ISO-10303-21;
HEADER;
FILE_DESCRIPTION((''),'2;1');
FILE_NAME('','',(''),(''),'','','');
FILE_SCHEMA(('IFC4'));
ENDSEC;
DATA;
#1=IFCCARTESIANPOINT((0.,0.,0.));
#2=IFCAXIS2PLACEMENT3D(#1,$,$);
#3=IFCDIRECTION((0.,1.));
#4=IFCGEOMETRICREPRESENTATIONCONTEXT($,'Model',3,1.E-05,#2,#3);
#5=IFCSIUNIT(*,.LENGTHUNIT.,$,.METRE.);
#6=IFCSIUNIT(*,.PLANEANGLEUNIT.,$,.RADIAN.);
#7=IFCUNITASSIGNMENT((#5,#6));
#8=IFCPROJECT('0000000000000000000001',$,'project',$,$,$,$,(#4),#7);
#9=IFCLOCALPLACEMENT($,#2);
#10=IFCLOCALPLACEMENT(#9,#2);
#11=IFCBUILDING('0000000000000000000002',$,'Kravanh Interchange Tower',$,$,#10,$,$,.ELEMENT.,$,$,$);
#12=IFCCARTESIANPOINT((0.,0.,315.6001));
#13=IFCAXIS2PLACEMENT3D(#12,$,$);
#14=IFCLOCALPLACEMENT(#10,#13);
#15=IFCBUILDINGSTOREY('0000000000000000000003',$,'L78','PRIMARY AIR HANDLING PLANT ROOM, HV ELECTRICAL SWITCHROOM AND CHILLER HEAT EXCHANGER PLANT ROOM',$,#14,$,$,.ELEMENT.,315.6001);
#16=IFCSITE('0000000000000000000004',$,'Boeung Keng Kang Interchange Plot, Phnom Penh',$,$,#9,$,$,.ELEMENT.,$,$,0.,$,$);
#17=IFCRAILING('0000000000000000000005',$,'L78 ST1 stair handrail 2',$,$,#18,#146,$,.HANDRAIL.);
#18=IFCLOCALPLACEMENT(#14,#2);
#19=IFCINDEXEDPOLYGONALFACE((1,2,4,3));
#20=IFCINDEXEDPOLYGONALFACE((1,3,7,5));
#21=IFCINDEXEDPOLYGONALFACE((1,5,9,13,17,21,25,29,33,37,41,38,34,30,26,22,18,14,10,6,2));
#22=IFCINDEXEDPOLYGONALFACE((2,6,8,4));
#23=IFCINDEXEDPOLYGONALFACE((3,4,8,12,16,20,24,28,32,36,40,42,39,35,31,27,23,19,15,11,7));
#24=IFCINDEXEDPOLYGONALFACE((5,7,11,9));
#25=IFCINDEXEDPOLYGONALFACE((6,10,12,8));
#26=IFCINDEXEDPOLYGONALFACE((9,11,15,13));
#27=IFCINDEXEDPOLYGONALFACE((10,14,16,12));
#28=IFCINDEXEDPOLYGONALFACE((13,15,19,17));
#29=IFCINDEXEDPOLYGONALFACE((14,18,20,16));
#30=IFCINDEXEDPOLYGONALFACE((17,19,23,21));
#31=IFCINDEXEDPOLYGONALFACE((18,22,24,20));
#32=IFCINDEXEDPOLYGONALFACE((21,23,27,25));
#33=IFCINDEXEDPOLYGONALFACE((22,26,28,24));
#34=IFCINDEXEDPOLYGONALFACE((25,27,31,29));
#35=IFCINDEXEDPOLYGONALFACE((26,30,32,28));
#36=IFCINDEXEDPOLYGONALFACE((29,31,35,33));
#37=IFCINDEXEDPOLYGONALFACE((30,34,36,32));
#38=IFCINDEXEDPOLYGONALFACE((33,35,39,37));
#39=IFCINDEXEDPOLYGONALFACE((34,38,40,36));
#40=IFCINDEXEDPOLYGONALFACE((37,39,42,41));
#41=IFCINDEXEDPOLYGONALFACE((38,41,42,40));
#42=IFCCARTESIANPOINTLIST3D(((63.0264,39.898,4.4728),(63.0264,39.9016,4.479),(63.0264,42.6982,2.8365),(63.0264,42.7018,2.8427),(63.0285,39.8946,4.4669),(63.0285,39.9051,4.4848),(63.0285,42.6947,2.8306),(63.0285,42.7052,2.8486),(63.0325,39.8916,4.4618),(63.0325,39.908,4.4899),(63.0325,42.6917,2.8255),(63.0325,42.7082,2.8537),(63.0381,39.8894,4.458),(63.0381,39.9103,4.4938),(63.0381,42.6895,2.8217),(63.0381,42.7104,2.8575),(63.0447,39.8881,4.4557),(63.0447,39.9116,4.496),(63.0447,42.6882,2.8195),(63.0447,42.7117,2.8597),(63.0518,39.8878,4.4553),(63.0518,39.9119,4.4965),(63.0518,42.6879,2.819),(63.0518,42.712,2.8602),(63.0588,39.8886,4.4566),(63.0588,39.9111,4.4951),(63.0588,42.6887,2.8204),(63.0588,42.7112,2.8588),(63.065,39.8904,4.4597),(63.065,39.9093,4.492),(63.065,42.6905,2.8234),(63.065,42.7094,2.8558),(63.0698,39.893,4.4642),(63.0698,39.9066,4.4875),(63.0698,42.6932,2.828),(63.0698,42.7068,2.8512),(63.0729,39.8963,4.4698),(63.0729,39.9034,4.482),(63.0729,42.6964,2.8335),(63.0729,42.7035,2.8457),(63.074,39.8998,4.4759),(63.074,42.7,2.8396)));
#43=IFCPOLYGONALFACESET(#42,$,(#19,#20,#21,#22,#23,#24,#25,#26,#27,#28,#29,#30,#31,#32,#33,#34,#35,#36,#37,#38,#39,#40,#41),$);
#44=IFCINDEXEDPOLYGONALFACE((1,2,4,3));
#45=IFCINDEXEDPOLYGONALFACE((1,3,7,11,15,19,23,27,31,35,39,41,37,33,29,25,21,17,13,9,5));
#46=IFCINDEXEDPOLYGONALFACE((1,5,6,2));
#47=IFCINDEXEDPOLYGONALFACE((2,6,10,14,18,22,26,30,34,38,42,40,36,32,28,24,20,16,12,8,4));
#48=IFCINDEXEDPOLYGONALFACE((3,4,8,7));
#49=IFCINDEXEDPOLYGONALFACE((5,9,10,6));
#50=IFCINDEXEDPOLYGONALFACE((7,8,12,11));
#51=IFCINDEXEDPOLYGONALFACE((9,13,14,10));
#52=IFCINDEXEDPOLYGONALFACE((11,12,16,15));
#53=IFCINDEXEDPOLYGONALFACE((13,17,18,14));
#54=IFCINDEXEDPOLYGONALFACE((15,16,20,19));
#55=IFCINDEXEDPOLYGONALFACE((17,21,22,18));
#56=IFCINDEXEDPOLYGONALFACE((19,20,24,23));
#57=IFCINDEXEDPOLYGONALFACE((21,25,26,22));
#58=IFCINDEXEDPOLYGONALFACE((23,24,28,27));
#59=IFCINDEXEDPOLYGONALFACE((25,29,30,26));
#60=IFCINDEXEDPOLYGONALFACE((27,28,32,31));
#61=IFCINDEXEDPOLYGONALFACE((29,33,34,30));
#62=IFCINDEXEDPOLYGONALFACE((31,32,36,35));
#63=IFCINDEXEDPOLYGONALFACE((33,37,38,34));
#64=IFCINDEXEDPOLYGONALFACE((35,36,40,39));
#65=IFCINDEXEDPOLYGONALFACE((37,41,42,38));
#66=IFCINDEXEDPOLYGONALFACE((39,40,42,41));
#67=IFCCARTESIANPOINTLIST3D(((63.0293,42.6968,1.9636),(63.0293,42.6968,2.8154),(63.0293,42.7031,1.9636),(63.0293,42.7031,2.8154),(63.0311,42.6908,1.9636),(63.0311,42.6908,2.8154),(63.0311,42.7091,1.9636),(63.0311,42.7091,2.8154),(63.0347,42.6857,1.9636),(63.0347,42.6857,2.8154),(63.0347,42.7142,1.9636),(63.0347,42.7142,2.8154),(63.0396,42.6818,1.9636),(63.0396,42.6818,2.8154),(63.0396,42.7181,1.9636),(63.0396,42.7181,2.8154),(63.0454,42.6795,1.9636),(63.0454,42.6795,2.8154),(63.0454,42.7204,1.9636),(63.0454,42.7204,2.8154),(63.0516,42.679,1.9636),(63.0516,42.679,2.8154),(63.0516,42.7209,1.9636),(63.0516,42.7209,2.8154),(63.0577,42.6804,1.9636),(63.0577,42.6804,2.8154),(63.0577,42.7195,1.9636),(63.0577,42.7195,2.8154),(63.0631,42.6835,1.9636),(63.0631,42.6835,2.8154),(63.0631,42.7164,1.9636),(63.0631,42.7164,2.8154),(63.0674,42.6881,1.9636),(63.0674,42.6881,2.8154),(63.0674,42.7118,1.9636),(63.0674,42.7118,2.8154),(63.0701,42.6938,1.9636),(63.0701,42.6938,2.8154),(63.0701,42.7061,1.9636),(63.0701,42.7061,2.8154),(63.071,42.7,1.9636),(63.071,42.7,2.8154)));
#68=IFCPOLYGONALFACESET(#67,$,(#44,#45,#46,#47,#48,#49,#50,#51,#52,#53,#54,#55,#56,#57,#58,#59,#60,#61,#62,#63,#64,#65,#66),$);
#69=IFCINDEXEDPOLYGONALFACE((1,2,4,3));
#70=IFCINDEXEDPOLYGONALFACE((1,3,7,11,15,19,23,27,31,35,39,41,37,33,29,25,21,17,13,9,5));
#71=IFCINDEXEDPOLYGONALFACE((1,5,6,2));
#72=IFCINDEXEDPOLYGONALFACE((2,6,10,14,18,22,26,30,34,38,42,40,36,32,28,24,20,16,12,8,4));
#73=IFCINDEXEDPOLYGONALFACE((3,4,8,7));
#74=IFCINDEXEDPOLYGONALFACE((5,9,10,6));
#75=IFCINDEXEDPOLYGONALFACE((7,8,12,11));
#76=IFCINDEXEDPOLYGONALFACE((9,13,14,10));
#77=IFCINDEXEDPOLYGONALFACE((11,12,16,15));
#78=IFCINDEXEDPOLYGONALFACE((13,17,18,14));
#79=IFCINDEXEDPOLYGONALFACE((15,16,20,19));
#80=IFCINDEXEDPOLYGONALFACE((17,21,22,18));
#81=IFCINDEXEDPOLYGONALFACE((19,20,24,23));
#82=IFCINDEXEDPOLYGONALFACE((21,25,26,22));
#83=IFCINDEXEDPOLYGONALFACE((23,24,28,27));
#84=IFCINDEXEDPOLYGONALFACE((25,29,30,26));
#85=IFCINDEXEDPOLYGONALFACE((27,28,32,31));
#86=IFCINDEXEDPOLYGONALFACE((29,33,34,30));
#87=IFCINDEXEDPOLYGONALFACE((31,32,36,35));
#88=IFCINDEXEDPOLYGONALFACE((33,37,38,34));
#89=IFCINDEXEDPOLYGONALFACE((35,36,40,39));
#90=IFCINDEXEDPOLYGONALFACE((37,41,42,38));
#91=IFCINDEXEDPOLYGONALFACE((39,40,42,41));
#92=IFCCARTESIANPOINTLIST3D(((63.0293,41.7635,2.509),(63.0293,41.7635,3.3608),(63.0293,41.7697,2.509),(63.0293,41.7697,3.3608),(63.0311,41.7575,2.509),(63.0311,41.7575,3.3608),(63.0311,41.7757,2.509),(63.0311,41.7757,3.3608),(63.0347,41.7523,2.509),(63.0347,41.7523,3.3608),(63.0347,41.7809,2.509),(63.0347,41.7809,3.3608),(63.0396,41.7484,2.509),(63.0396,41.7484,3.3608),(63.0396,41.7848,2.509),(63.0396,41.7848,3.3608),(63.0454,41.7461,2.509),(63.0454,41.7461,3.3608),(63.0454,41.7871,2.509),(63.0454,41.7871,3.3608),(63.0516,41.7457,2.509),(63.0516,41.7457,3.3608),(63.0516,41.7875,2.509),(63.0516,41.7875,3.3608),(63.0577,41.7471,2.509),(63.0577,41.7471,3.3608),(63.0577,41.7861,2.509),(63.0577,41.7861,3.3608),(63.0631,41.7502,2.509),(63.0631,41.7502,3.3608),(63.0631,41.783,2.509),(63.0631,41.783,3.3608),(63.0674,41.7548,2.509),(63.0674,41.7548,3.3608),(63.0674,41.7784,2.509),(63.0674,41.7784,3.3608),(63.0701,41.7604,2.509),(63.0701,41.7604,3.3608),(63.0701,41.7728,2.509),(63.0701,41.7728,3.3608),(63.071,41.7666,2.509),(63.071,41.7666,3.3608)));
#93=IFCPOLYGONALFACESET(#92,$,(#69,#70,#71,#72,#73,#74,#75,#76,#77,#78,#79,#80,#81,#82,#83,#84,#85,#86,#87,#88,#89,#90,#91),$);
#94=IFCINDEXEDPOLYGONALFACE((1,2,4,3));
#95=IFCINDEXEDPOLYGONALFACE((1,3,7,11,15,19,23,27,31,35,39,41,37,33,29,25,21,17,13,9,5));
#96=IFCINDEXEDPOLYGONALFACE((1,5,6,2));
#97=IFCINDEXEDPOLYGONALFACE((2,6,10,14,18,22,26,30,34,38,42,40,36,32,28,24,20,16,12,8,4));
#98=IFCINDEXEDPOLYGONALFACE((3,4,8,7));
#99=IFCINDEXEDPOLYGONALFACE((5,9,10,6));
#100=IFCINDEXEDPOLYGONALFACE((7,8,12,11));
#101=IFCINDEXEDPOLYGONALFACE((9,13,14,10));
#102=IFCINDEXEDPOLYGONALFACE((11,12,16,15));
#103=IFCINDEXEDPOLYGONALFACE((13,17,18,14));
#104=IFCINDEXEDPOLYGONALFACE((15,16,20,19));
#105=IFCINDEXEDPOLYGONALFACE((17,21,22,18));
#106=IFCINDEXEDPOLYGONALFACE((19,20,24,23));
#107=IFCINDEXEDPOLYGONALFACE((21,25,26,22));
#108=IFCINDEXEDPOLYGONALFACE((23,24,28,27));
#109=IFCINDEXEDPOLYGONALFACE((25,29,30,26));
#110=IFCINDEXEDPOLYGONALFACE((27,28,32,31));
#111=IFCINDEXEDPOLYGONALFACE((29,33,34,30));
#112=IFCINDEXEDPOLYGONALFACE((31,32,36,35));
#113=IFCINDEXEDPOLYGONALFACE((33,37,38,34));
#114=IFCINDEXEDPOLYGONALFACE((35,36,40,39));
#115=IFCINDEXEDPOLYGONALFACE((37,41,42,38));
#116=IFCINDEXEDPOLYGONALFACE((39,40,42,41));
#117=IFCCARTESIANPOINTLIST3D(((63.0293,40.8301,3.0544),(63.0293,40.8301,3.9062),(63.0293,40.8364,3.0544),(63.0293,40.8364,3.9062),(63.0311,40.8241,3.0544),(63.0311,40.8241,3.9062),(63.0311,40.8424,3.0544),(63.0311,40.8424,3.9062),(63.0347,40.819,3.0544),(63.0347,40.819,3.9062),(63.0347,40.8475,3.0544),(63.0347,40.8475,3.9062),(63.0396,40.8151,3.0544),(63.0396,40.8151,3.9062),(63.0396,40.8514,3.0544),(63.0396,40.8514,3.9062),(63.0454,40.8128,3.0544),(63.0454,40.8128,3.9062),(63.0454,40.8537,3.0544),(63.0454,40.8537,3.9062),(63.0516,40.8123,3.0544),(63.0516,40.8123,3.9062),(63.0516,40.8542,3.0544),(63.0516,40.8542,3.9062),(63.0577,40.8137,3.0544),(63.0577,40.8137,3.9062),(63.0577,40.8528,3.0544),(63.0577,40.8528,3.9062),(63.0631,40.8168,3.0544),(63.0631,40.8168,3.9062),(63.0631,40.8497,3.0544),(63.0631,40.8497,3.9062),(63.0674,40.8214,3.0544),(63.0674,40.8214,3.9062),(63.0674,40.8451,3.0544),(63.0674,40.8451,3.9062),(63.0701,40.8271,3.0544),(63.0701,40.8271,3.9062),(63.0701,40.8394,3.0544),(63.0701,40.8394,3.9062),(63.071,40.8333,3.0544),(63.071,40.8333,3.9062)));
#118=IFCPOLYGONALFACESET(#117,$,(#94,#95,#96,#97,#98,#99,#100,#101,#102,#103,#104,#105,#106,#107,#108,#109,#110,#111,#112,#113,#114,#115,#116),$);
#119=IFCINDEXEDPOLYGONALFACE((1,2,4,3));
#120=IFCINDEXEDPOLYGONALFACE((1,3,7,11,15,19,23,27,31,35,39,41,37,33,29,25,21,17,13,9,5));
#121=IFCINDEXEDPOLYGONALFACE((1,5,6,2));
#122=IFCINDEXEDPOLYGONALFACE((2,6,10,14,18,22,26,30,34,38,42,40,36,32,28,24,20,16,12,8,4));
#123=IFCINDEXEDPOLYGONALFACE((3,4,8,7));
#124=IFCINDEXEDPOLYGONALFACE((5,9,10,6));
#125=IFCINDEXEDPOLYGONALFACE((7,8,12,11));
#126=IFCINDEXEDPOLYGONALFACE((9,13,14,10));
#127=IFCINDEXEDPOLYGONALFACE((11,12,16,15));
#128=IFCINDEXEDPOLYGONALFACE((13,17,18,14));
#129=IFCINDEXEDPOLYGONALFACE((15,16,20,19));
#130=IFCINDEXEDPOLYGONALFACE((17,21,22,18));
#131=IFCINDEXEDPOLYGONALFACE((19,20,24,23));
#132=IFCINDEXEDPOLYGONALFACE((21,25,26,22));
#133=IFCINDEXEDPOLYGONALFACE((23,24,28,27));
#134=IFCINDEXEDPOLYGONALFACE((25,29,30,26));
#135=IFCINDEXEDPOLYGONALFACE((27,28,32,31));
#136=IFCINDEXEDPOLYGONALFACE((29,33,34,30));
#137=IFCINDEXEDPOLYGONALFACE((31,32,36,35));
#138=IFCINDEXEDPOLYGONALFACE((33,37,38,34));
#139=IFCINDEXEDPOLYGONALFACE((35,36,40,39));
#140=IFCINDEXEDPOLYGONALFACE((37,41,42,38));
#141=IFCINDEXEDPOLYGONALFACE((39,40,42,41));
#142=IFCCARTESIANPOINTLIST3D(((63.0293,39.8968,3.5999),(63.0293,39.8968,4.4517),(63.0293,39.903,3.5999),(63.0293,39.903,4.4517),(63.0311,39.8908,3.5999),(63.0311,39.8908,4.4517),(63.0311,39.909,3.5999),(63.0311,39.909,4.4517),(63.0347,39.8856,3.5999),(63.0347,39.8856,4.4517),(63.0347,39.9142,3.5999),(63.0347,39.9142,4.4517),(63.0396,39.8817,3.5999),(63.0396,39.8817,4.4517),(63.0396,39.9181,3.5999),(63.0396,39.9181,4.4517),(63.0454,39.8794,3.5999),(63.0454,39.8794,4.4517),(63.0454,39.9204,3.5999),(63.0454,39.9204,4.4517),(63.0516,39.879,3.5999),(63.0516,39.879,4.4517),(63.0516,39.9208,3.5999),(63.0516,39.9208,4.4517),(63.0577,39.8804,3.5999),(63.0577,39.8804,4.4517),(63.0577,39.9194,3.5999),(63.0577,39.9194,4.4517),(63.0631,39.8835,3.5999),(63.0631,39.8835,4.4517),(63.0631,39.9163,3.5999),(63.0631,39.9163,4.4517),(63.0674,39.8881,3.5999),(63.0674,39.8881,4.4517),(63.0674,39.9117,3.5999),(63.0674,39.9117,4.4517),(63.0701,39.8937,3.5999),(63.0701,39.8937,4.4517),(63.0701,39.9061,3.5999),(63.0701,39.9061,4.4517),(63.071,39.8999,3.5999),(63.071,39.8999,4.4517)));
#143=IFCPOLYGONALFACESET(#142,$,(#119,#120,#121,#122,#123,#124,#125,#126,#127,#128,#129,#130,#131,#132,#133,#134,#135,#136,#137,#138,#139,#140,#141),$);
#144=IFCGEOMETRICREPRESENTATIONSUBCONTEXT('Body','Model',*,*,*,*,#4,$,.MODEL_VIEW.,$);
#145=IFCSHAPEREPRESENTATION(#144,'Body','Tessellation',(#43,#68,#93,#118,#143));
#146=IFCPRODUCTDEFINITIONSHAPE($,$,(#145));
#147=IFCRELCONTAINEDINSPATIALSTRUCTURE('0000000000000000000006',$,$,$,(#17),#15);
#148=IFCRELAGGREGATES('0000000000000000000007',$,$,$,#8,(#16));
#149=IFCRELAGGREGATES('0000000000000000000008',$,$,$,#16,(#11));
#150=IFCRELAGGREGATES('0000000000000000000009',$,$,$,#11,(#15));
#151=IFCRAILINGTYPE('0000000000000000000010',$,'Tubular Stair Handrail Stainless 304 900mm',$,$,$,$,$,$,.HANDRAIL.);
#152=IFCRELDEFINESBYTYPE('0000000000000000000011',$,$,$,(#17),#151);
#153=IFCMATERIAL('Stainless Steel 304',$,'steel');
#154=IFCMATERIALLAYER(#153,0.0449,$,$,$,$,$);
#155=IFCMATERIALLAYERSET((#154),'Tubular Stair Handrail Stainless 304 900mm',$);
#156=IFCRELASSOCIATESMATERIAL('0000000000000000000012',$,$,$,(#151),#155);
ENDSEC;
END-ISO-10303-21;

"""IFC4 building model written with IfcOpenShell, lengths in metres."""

from ifc_helpers import new_model, si_unit, direction, frame, origin, origin_2d, place, context, subcontext, project, spatial, circle, extrude, material, layer, layer_set, type_object, element, save


model = new_model("IFC4")

# Units and contexts
model_context = context("Model", 3, precision=1e-05, world=origin(), true_north=direction((0.0, 1.0)))
body_context = subcontext(model_context, "Body", "Model", "MODEL_VIEW")
ifc_project = project(units=[si_unit("LENGTHUNIT", "METRE"), si_unit("PLANEANGLEUNIT", "RADIAN")], contexts=[model_context])

# Site, building, storey
site_placement = place(None, origin())
site = spatial("IfcSite", under=ifc_project, at=site_placement, Name="Boeung Keng Kang Interchange Plot, Phnom Penh", CompositionType="ELEMENT", RefElevation=0.0)
building_placement = place(site_placement, origin())
building = spatial("IfcBuilding", under=site, at=building_placement, Name="Kravanh Interchange Tower", CompositionType="ELEMENT")
storey_placement = place(building_placement, frame((0.0, 0.0, 315.6001)))
storey = spatial("IfcBuildingStorey", under=building, at=storey_placement, Name="L78", Description="PRIMARY AIR HANDLING PLANT ROOM, HV ELECTRICAL SWITCHROOM AND CHILLER HEAT EXCHANGER PLANT ROOM", CompositionType="ELEMENT", Elevation=315.6001)

# Railing
ifc_material_1 = material(Name="Stainless Steel 304", Category="steel")
ifc_layer_1 = layer(ifc_material_1, 0.0449)
ifc_layer_set_1 = layer_set([ifc_layer_1], Name="Tubular Stair Handrail Stainless 304 900mm")
railing_type_1 = type_object("IfcRailingType", Name="Tubular Stair Handrail Stainless 304 900mm", PredefinedType="HANDRAIL", material=ifc_layer_set_1)
railing_1_placement = place(storey_placement, frame((63.05, 42.7, 1.9636)))
element("IfcRailing", 1, at=railing_1_placement, inside=storey, type_object=railing_type_1, Name="L78 ST1 stair handrail 2", PredefinedType="HANDRAIL", context=body_context, shape_type="SweptSolid", body=[
    extrude(circle(Radius=0.0239, at=origin_2d()), frame((0.0, 0.0, 0.876), z_axis=(0.0, -0.863394, 0.504531), x_axis=(1.0, 0.0, 0.0)), (0.0, 0.0, 1.0), 3.2432),
    extrude(circle(Radius=0.021, at=origin_2d()), origin(), (0.0, 0.0, 1.0), 0.8518),
    extrude(circle(Radius=0.021, at=origin_2d()), frame((0.0, -0.9333, 0.5454)), (0.0, 0.0, 1.0), 0.8518),
    extrude(circle(Radius=0.021, at=origin_2d()), frame((0.0, -1.8667, 1.0908)), (0.0, 0.0, 1.0), 0.8518),
    extrude(circle(Radius=0.021, at=origin_2d()), frame((0.0, -2.8, 1.6362)), (0.0, 0.0, 1.0), 0.8518),
])

save(model, "model.ifc")
